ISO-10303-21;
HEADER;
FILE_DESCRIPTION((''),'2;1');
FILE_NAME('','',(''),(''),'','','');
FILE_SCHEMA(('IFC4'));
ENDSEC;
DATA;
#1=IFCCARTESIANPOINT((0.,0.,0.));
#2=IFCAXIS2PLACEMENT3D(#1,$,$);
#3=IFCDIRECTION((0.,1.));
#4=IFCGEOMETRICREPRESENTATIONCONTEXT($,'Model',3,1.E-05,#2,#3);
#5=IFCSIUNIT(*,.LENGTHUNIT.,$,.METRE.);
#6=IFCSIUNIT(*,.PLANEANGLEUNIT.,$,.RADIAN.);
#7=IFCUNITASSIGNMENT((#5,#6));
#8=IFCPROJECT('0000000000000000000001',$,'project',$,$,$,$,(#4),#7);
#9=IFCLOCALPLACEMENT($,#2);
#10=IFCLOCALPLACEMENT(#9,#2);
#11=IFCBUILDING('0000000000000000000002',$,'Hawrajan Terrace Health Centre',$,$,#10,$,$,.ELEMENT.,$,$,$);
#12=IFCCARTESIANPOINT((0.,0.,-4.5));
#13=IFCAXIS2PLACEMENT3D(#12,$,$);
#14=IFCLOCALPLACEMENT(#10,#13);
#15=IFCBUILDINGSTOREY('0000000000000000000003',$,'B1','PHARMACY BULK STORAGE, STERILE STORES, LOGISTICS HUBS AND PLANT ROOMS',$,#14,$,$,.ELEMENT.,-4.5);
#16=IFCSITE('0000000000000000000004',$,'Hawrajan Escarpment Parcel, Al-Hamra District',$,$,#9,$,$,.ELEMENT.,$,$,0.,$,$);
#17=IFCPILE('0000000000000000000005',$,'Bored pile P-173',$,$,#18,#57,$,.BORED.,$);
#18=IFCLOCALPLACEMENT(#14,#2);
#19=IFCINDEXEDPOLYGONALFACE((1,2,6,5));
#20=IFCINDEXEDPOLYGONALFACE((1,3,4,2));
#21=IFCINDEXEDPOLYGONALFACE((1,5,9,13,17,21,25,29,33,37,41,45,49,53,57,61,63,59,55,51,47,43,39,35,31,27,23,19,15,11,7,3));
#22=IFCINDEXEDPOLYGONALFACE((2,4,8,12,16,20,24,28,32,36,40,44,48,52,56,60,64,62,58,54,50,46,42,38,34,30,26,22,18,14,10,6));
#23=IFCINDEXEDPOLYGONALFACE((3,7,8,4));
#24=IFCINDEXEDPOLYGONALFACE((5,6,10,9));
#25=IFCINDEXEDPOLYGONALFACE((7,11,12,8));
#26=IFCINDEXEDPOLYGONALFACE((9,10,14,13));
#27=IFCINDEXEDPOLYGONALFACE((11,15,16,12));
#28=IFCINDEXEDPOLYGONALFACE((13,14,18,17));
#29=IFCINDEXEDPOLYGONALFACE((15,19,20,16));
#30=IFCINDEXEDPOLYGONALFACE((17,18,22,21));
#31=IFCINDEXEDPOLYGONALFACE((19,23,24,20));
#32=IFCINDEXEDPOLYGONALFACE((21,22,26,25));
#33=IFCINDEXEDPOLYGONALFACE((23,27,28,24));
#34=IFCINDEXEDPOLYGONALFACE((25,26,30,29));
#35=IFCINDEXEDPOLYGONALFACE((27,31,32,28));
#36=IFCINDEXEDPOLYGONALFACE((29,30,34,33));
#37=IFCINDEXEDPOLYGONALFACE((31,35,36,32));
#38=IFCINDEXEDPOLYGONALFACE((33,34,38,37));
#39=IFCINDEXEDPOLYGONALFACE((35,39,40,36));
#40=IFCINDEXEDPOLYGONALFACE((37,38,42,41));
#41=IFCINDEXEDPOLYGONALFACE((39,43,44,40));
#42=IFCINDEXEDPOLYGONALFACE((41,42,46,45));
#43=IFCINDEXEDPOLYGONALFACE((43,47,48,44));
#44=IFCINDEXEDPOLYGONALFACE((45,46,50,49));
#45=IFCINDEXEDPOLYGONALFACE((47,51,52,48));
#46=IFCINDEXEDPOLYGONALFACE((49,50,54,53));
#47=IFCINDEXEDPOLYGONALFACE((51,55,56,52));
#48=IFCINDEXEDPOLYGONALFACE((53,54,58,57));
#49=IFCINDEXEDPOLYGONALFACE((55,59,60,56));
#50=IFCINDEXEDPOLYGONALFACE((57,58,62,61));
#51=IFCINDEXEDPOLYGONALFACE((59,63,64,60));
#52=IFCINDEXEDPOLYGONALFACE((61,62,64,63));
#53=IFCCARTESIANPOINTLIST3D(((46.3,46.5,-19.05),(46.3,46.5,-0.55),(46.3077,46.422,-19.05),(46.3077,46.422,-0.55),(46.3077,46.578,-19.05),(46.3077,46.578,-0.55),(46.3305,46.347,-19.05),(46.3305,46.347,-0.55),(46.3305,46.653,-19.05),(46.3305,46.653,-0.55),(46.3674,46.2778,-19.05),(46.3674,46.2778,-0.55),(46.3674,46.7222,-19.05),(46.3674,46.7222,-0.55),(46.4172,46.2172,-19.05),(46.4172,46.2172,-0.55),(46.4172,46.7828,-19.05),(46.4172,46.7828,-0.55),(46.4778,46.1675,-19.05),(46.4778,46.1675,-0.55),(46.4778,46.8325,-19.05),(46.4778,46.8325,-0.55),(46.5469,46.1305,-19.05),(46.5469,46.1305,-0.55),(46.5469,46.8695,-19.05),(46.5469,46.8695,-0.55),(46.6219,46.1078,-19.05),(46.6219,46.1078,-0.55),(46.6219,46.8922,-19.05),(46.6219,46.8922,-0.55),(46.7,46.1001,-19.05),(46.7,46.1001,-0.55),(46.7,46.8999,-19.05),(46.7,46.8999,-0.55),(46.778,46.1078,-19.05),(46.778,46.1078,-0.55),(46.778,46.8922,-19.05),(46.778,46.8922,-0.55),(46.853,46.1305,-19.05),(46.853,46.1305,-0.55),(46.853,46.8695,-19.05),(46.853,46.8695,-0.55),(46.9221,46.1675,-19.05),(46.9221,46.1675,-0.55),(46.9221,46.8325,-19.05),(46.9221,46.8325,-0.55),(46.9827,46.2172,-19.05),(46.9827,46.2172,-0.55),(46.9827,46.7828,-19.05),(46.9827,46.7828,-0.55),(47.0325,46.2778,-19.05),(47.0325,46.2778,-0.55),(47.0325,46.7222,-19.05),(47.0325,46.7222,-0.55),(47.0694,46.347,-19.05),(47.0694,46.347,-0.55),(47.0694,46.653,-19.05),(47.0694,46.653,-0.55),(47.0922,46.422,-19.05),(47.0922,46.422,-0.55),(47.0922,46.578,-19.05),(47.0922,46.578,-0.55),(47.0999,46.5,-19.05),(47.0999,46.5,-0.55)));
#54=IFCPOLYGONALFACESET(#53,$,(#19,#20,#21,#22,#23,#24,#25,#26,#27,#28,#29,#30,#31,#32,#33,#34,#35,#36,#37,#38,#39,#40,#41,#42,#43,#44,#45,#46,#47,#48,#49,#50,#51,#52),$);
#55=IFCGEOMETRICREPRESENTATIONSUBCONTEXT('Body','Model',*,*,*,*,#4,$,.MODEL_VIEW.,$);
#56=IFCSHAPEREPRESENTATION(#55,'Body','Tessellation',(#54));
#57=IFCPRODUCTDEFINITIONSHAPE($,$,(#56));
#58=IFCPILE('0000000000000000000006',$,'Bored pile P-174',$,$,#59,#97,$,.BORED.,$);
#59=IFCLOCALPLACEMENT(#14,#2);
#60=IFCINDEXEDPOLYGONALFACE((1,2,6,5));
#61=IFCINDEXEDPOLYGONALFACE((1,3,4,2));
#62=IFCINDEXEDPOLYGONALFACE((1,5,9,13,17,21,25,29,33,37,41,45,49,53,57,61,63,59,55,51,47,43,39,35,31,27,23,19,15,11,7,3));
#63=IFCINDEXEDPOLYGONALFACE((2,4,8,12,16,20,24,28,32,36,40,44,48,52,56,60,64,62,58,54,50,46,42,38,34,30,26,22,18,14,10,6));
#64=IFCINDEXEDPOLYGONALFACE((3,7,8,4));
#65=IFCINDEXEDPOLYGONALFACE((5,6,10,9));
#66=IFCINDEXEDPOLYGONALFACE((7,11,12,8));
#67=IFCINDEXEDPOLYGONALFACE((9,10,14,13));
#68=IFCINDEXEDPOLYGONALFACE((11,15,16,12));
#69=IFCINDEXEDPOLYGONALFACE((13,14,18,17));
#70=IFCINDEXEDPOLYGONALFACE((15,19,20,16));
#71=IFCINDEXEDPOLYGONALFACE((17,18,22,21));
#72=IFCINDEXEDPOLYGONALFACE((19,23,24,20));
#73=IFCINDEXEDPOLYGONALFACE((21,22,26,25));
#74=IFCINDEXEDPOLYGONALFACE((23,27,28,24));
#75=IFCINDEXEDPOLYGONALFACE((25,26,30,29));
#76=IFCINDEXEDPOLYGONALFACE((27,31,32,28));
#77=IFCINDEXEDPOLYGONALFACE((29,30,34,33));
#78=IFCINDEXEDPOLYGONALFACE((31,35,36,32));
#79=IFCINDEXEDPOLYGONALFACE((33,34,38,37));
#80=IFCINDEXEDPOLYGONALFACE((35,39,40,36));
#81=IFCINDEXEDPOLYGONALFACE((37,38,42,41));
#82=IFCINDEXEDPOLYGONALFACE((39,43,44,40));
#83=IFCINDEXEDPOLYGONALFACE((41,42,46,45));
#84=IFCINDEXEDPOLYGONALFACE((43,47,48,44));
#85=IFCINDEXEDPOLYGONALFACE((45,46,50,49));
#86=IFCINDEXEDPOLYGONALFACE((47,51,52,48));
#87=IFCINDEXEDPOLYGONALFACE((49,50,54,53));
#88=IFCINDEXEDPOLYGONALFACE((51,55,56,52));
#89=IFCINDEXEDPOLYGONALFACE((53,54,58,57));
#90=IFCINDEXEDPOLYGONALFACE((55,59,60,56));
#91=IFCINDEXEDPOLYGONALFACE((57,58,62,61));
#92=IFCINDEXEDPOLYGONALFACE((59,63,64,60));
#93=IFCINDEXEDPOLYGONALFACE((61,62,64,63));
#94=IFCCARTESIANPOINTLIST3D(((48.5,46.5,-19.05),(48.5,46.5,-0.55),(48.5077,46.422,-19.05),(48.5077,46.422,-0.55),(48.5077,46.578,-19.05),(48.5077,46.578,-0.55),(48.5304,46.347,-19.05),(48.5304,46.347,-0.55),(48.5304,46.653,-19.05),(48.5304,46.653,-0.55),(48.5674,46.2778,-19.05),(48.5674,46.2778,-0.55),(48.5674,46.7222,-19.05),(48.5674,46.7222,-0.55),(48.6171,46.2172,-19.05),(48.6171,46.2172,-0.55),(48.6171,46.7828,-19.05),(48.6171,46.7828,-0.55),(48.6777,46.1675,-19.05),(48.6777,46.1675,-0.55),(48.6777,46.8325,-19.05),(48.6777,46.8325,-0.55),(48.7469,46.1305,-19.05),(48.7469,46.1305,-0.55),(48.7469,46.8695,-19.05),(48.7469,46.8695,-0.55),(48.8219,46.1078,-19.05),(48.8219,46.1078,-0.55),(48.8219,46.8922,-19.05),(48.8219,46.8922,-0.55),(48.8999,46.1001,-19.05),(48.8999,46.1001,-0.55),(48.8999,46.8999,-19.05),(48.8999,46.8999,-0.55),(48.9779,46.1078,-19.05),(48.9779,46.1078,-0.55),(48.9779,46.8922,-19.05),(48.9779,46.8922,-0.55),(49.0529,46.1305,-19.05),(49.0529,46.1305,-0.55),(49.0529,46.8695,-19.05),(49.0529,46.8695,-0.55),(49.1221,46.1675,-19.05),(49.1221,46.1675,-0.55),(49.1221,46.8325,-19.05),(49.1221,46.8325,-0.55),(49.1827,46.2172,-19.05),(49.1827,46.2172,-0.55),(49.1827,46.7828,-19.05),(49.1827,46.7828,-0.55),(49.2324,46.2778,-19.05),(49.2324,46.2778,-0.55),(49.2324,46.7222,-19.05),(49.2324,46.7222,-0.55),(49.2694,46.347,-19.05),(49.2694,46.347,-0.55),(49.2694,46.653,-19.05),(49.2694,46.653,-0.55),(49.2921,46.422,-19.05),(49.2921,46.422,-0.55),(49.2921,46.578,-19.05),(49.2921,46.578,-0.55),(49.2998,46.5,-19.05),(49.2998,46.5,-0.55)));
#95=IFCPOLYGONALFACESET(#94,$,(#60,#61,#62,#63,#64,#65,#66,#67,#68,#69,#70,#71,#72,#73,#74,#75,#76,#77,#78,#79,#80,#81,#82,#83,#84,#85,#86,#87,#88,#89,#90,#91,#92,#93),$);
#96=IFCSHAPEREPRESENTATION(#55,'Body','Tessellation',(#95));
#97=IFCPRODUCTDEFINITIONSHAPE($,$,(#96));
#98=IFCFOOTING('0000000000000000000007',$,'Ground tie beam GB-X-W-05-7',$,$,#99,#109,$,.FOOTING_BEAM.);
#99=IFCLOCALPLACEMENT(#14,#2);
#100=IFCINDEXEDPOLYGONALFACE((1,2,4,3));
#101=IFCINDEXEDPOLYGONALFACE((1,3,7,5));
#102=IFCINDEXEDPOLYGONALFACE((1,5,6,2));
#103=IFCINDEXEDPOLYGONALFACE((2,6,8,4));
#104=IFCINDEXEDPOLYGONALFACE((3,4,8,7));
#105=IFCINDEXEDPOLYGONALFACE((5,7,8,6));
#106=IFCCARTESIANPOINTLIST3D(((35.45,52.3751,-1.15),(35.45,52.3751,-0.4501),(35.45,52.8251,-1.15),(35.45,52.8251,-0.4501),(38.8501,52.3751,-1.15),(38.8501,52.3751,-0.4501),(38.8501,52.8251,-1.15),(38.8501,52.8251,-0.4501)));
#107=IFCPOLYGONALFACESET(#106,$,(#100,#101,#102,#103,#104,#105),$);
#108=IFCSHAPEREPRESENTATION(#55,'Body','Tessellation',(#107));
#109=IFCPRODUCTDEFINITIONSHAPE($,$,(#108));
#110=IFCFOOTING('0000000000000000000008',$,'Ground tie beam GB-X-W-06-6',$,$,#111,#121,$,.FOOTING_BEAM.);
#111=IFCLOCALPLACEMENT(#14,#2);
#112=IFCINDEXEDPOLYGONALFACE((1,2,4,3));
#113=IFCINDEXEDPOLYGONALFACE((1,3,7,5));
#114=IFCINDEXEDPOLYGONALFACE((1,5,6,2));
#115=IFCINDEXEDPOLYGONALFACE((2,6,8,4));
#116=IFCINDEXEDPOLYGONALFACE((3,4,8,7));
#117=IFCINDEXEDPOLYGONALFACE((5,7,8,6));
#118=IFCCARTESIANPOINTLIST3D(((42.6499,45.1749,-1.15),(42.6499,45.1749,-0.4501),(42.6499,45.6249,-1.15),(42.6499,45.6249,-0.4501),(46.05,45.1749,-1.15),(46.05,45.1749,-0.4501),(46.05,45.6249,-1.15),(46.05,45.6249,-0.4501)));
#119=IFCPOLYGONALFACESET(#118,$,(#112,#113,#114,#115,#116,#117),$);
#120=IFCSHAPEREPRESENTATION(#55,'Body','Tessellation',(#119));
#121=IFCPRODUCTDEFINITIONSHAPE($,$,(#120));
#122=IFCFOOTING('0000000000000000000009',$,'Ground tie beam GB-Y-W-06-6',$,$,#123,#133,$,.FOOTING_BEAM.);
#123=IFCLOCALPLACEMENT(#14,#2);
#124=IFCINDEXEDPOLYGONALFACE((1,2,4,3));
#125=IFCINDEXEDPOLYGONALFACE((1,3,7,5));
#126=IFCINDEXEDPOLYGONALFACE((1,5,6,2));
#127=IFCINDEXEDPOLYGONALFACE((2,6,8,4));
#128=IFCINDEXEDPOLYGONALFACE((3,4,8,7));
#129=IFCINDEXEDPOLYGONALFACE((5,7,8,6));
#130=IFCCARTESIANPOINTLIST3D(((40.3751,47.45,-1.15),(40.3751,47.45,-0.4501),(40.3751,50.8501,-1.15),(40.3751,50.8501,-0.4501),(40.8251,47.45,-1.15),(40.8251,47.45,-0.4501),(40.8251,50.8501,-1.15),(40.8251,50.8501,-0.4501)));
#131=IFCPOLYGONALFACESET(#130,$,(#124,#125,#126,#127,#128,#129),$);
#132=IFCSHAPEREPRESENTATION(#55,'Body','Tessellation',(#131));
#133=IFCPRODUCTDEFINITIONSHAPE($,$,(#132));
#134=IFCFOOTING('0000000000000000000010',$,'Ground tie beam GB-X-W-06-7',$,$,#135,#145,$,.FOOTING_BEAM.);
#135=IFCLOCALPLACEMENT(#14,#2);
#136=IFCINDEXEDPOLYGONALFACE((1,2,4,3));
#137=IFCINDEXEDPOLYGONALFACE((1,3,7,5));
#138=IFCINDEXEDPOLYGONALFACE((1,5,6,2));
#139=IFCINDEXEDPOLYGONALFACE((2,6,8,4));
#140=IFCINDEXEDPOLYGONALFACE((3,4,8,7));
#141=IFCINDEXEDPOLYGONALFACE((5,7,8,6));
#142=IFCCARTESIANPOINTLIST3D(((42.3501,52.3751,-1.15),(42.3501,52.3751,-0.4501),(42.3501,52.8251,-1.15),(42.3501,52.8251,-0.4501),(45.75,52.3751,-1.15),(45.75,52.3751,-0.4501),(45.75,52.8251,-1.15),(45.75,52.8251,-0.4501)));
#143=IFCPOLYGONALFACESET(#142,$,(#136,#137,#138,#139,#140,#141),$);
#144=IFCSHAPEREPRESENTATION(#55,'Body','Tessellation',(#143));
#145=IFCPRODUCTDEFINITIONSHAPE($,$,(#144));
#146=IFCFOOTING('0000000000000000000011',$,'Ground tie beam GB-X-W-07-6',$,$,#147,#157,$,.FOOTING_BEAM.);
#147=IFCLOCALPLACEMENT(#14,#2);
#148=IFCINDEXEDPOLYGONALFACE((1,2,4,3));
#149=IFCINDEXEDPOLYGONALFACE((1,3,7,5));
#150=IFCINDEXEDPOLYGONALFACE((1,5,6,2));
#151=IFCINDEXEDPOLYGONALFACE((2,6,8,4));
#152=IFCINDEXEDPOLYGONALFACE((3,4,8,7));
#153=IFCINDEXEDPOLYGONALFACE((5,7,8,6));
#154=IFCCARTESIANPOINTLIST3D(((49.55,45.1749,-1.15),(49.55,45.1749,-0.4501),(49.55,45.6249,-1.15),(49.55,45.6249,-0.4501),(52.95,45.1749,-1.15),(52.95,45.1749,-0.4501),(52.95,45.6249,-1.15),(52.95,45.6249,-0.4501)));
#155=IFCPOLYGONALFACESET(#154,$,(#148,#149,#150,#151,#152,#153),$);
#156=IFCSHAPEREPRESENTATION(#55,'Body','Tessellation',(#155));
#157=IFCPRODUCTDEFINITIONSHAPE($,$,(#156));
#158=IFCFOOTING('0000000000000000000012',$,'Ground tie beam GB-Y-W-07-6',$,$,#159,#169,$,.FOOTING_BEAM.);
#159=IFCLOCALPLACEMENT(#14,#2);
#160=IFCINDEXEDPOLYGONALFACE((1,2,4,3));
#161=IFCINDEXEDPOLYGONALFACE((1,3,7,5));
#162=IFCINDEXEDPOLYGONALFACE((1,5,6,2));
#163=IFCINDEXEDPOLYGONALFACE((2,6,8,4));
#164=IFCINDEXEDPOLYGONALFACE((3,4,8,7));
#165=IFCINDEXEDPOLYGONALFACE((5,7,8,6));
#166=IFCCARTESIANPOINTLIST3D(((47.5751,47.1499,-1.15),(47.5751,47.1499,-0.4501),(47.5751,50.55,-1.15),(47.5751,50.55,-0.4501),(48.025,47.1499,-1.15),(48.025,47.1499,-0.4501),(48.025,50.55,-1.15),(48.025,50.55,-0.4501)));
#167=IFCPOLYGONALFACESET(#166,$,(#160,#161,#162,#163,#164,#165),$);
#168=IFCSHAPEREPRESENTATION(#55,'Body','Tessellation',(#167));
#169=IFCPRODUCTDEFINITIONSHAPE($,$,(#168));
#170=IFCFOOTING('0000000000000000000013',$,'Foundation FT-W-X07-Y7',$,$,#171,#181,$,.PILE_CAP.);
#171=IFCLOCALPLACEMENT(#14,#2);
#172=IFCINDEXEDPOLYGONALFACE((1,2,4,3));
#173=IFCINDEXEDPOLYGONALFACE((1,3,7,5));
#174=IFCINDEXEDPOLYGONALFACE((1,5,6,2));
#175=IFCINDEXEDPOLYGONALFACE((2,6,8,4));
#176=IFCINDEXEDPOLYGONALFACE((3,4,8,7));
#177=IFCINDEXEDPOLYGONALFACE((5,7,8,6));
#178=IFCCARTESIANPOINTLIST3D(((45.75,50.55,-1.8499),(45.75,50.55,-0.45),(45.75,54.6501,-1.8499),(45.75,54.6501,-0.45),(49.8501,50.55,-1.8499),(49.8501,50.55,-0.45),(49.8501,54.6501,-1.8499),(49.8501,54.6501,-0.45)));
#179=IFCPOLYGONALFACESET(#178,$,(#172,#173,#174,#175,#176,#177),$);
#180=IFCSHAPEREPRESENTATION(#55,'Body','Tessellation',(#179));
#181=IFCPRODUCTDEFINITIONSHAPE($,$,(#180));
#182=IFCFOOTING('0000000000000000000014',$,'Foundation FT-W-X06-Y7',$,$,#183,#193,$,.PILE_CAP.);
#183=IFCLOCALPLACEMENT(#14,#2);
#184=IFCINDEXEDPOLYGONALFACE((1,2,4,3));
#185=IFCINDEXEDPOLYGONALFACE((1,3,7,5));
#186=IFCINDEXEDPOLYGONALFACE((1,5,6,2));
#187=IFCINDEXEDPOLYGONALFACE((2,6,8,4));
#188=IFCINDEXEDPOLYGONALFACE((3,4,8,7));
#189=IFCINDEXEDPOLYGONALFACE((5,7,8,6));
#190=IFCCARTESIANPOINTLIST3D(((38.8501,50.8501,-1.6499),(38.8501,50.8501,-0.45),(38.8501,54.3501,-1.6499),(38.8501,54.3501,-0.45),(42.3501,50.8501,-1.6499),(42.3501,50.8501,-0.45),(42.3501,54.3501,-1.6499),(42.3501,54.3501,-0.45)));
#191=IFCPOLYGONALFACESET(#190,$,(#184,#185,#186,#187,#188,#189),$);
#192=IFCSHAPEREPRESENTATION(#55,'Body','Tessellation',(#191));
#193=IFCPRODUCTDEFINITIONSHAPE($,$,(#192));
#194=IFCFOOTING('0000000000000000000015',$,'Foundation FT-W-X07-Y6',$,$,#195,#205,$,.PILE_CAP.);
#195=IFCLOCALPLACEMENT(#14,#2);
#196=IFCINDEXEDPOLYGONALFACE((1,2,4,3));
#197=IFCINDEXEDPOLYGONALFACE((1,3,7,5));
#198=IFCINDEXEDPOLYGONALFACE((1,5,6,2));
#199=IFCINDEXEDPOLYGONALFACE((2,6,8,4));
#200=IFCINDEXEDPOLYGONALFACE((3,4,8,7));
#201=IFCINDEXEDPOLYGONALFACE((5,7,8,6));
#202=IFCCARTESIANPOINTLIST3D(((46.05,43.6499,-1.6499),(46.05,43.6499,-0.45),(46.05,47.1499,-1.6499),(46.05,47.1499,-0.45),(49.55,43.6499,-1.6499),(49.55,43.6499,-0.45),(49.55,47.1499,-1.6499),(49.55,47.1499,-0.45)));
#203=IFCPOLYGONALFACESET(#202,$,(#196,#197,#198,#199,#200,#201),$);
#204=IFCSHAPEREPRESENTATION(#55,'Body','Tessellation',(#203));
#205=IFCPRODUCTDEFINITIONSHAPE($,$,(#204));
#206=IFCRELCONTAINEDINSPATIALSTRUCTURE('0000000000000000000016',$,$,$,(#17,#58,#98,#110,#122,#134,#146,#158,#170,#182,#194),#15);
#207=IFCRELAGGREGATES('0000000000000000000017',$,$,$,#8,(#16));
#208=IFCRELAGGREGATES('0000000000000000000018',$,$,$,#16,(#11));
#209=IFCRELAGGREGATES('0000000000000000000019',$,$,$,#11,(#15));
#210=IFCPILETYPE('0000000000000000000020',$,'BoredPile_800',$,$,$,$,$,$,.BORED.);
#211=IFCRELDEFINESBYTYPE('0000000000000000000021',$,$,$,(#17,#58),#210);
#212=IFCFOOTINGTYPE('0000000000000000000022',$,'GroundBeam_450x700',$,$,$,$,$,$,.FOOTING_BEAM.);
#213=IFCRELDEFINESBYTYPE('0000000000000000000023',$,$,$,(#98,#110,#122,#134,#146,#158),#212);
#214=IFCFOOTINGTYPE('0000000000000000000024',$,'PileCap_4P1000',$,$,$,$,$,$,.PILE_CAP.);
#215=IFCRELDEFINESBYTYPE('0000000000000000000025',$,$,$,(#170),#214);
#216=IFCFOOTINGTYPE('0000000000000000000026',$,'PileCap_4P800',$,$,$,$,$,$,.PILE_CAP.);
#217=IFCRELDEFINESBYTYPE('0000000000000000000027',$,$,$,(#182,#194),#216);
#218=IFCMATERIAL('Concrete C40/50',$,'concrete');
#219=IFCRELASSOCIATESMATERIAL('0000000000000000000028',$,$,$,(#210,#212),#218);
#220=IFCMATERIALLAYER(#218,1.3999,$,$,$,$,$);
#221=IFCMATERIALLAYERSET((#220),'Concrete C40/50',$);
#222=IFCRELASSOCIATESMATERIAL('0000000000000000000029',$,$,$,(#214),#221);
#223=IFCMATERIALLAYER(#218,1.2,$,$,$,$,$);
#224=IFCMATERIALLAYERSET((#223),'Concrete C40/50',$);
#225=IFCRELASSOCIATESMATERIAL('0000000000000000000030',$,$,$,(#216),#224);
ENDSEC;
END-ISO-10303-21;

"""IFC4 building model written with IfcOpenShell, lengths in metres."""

from ifc_helpers import new_model, si_unit, direction, frame, origin, origin_2d, place, context, subcontext, project, spatial, rectangle, circle, extrude, material, layer, layer_set, material_profile, profile_set, type_object, element, save


model = new_model("IFC4")

# Units and contexts
model_context = context("Model", 3, precision=1e-05, world=origin(), true_north=direction((0.0, 1.0)))
body_context = subcontext(model_context, "Body", "Model", "MODEL_VIEW")
ifc_project = project(units=[si_unit("LENGTHUNIT", "METRE"), si_unit("PLANEANGLEUNIT", "RADIAN")], contexts=[model_context])

# Site, building, storey
site_placement = place(None, origin())
site = spatial("IfcSite", under=ifc_project, at=site_placement, Name="Hawrajan Escarpment Parcel, Al-Hamra District", CompositionType="ELEMENT", RefElevation=0.0)
building_placement = place(site_placement, origin())
building = spatial("IfcBuilding", under=site, at=building_placement, Name="Hawrajan Terrace Health Centre", CompositionType="ELEMENT")
storey_placement = place(building_placement, frame((0.0, 0.0, -4.5)))
storey = spatial("IfcBuildingStorey", under=building, at=storey_placement, Name="B1", Description="PHARMACY BULK STORAGE, STERILE STORES, LOGISTICS HUBS AND PLANT ROOMS", CompositionType="ELEMENT", Elevation=-4.5)

# Piles
ifc_material_1 = material(Name="Concrete C40/50", Category="concrete")
ifc_material_profile_1 = material_profile(ifc_material_1, circle(Radius=0.3999, at=origin_2d()), Name="BP 800")
ifc_profile_set_1 = profile_set([ifc_material_profile_1], Name="Concrete C40/50")
pile_type_1 = type_object("IfcPileType", Name="BoredPile_800", PredefinedType="BORED", material=ifc_profile_set_1)
for number, where, z_axis, x_axis, name in (
    (1, (46.7, 46.5, -0.55), (0.0, 0.0, -1.0), (1.0, 0.0, 0.0), "Bored pile P-173"),
    (2, (48.8999, 46.5, -0.55), (0.0, 0.0, -1.0), (1.0, 0.0, 0.0), "Bored pile P-174"),
):
    element("IfcPile", number, at=place(storey_placement, frame(where, z_axis=z_axis, x_axis=x_axis)), inside=storey, type_object=pile_type_1, Name=name, PredefinedType="BORED", context=body_context, shape_type="SweptSolid", body=[
        extrude(circle(Radius=0.3999, at=origin_2d()), origin(), (0.0, 0.0, 1.0), 18.5),
    ])

# Footings
ifc_material_profile_2 = material_profile(ifc_material_1, rectangle(XDim=0.45, YDim=0.7, at=origin_2d()), Name="RC BM 450x700")
ifc_profile_set_2 = profile_set([ifc_material_profile_2], Name="Concrete C40/50")
footing_type_1 = type_object("IfcFootingType", Name="GroundBeam_450x700", PredefinedType="FOOTING_BEAM", material=ifc_profile_set_2)
for number, where, z_axis, x_axis, name in (
    (3, (35.45, 52.6001, -0.8), (1.0, 0.0, 0.0), (0.0, 1.0, 0.0), "Ground tie beam GB-X-W-05-7"),
    (4, (42.6499, 45.3999, -0.8), (1.0, 0.0, 0.0), (0.0, 1.0, 0.0), "Ground tie beam GB-X-W-06-6"),
    (5, (40.6001, 47.45, -0.8), (0.0, 1.0, 0.0), (-1.0, 0.0, 0.0), "Ground tie beam GB-Y-W-06-6"),
):
    element("IfcFooting", number, at=place(storey_placement, frame(where, z_axis=z_axis, x_axis=x_axis)), inside=storey, type_object=footing_type_1, Name=name, PredefinedType="FOOTING_BEAM", context=body_context, shape_type="SweptSolid", body=[
        extrude(rectangle(XDim=0.45, YDim=0.7, at=origin_2d()), origin(), (0.0, 0.0, 1.0), 3.4001),
    ])
for number, where, z_axis, x_axis, name in (
    (6, (42.3501, 52.6001, -0.8), (1.0, 0.0, 0.0), (0.0, 1.0, 0.0), "Ground tie beam GB-X-W-06-7"),
    (7, (49.55, 45.3999, -0.8), (1.0, 0.0, 0.0), (0.0, 1.0, 0.0), "Ground tie beam GB-X-W-07-6"),
):
    element("IfcFooting", number, at=place(storey_placement, frame(where, z_axis=z_axis, x_axis=x_axis)), inside=storey, type_object=footing_type_1, Name=name, PredefinedType="FOOTING_BEAM", context=body_context, shape_type="SweptSolid", body=[
        extrude(rectangle(XDim=0.45, YDim=0.7, at=origin_2d()), origin(), (0.0, 0.0, 1.0), 3.3999),
    ])
footing_1_placement = place(storey_placement, frame((47.8, 47.1499, -0.8), z_axis=(0.0, 1.0, 0.0), x_axis=(-1.0, 0.0, 0.0)))
element("IfcFooting", 8, at=footing_1_placement, inside=storey, type_object=footing_type_1, Name="Ground tie beam GB-Y-W-07-6", PredefinedType="FOOTING_BEAM", context=body_context, shape_type="SweptSolid", body=[
    extrude(rectangle(XDim=0.45, YDim=0.7, at=origin_2d()), origin(), (0.0, 0.0, 1.0), 3.4001),
])
ifc_layer_1 = layer(ifc_material_1, 1.3999)
ifc_layer_set_1 = layer_set([ifc_layer_1], Name="Concrete C40/50")
footing_type_2 = type_object("IfcFootingType", Name="PileCap_4P1000", PredefinedType="PILE_CAP", material=ifc_layer_set_1)
footing_2_placement = place(storey_placement, frame((47.8, 52.6001, -1.8499), z_axis=(0.0, 0.0, 1.0), x_axis=(1.0, 0.0, 0.0)))
element("IfcFooting", 9, at=footing_2_placement, inside=storey, type_object=footing_type_2, Name="Foundation FT-W-X07-Y7", PredefinedType="PILE_CAP", context=body_context, shape_type="SweptSolid", body=[
    extrude(rectangle(XDim=4.1001, YDim=4.1001, at=origin_2d()), origin(), (0.0, 0.0, 1.0), 1.3999),
])
ifc_layer_2 = layer(ifc_material_1, 1.2)
ifc_layer_set_2 = layer_set([ifc_layer_2], Name="Concrete C40/50")
footing_type_3 = type_object("IfcFootingType", Name="PileCap_4P800", PredefinedType="PILE_CAP", material=ifc_layer_set_2)
for number, where, z_axis, x_axis, name in (
    (10, (40.6001, 52.6001, -1.6499), (0.0, 0.0, 1.0), (1.0, 0.0, 0.0), "Foundation FT-W-X06-Y7"),
    (11, (47.8, 45.3999, -1.6499), (0.0, 0.0, 1.0), (1.0, 0.0, 0.0), "Foundation FT-W-X07-Y6"),
):
    element("IfcFooting", number, at=place(storey_placement, frame(where, z_axis=z_axis, x_axis=x_axis)), inside=storey, type_object=footing_type_3, Name=name, PredefinedType="PILE_CAP", context=body_context, shape_type="SweptSolid", body=[
        extrude(rectangle(XDim=3.5, YDim=3.5, at=origin_2d()), origin(), (0.0, 0.0, 1.0), 1.2),
    ])

save(model, "model.ifc")
